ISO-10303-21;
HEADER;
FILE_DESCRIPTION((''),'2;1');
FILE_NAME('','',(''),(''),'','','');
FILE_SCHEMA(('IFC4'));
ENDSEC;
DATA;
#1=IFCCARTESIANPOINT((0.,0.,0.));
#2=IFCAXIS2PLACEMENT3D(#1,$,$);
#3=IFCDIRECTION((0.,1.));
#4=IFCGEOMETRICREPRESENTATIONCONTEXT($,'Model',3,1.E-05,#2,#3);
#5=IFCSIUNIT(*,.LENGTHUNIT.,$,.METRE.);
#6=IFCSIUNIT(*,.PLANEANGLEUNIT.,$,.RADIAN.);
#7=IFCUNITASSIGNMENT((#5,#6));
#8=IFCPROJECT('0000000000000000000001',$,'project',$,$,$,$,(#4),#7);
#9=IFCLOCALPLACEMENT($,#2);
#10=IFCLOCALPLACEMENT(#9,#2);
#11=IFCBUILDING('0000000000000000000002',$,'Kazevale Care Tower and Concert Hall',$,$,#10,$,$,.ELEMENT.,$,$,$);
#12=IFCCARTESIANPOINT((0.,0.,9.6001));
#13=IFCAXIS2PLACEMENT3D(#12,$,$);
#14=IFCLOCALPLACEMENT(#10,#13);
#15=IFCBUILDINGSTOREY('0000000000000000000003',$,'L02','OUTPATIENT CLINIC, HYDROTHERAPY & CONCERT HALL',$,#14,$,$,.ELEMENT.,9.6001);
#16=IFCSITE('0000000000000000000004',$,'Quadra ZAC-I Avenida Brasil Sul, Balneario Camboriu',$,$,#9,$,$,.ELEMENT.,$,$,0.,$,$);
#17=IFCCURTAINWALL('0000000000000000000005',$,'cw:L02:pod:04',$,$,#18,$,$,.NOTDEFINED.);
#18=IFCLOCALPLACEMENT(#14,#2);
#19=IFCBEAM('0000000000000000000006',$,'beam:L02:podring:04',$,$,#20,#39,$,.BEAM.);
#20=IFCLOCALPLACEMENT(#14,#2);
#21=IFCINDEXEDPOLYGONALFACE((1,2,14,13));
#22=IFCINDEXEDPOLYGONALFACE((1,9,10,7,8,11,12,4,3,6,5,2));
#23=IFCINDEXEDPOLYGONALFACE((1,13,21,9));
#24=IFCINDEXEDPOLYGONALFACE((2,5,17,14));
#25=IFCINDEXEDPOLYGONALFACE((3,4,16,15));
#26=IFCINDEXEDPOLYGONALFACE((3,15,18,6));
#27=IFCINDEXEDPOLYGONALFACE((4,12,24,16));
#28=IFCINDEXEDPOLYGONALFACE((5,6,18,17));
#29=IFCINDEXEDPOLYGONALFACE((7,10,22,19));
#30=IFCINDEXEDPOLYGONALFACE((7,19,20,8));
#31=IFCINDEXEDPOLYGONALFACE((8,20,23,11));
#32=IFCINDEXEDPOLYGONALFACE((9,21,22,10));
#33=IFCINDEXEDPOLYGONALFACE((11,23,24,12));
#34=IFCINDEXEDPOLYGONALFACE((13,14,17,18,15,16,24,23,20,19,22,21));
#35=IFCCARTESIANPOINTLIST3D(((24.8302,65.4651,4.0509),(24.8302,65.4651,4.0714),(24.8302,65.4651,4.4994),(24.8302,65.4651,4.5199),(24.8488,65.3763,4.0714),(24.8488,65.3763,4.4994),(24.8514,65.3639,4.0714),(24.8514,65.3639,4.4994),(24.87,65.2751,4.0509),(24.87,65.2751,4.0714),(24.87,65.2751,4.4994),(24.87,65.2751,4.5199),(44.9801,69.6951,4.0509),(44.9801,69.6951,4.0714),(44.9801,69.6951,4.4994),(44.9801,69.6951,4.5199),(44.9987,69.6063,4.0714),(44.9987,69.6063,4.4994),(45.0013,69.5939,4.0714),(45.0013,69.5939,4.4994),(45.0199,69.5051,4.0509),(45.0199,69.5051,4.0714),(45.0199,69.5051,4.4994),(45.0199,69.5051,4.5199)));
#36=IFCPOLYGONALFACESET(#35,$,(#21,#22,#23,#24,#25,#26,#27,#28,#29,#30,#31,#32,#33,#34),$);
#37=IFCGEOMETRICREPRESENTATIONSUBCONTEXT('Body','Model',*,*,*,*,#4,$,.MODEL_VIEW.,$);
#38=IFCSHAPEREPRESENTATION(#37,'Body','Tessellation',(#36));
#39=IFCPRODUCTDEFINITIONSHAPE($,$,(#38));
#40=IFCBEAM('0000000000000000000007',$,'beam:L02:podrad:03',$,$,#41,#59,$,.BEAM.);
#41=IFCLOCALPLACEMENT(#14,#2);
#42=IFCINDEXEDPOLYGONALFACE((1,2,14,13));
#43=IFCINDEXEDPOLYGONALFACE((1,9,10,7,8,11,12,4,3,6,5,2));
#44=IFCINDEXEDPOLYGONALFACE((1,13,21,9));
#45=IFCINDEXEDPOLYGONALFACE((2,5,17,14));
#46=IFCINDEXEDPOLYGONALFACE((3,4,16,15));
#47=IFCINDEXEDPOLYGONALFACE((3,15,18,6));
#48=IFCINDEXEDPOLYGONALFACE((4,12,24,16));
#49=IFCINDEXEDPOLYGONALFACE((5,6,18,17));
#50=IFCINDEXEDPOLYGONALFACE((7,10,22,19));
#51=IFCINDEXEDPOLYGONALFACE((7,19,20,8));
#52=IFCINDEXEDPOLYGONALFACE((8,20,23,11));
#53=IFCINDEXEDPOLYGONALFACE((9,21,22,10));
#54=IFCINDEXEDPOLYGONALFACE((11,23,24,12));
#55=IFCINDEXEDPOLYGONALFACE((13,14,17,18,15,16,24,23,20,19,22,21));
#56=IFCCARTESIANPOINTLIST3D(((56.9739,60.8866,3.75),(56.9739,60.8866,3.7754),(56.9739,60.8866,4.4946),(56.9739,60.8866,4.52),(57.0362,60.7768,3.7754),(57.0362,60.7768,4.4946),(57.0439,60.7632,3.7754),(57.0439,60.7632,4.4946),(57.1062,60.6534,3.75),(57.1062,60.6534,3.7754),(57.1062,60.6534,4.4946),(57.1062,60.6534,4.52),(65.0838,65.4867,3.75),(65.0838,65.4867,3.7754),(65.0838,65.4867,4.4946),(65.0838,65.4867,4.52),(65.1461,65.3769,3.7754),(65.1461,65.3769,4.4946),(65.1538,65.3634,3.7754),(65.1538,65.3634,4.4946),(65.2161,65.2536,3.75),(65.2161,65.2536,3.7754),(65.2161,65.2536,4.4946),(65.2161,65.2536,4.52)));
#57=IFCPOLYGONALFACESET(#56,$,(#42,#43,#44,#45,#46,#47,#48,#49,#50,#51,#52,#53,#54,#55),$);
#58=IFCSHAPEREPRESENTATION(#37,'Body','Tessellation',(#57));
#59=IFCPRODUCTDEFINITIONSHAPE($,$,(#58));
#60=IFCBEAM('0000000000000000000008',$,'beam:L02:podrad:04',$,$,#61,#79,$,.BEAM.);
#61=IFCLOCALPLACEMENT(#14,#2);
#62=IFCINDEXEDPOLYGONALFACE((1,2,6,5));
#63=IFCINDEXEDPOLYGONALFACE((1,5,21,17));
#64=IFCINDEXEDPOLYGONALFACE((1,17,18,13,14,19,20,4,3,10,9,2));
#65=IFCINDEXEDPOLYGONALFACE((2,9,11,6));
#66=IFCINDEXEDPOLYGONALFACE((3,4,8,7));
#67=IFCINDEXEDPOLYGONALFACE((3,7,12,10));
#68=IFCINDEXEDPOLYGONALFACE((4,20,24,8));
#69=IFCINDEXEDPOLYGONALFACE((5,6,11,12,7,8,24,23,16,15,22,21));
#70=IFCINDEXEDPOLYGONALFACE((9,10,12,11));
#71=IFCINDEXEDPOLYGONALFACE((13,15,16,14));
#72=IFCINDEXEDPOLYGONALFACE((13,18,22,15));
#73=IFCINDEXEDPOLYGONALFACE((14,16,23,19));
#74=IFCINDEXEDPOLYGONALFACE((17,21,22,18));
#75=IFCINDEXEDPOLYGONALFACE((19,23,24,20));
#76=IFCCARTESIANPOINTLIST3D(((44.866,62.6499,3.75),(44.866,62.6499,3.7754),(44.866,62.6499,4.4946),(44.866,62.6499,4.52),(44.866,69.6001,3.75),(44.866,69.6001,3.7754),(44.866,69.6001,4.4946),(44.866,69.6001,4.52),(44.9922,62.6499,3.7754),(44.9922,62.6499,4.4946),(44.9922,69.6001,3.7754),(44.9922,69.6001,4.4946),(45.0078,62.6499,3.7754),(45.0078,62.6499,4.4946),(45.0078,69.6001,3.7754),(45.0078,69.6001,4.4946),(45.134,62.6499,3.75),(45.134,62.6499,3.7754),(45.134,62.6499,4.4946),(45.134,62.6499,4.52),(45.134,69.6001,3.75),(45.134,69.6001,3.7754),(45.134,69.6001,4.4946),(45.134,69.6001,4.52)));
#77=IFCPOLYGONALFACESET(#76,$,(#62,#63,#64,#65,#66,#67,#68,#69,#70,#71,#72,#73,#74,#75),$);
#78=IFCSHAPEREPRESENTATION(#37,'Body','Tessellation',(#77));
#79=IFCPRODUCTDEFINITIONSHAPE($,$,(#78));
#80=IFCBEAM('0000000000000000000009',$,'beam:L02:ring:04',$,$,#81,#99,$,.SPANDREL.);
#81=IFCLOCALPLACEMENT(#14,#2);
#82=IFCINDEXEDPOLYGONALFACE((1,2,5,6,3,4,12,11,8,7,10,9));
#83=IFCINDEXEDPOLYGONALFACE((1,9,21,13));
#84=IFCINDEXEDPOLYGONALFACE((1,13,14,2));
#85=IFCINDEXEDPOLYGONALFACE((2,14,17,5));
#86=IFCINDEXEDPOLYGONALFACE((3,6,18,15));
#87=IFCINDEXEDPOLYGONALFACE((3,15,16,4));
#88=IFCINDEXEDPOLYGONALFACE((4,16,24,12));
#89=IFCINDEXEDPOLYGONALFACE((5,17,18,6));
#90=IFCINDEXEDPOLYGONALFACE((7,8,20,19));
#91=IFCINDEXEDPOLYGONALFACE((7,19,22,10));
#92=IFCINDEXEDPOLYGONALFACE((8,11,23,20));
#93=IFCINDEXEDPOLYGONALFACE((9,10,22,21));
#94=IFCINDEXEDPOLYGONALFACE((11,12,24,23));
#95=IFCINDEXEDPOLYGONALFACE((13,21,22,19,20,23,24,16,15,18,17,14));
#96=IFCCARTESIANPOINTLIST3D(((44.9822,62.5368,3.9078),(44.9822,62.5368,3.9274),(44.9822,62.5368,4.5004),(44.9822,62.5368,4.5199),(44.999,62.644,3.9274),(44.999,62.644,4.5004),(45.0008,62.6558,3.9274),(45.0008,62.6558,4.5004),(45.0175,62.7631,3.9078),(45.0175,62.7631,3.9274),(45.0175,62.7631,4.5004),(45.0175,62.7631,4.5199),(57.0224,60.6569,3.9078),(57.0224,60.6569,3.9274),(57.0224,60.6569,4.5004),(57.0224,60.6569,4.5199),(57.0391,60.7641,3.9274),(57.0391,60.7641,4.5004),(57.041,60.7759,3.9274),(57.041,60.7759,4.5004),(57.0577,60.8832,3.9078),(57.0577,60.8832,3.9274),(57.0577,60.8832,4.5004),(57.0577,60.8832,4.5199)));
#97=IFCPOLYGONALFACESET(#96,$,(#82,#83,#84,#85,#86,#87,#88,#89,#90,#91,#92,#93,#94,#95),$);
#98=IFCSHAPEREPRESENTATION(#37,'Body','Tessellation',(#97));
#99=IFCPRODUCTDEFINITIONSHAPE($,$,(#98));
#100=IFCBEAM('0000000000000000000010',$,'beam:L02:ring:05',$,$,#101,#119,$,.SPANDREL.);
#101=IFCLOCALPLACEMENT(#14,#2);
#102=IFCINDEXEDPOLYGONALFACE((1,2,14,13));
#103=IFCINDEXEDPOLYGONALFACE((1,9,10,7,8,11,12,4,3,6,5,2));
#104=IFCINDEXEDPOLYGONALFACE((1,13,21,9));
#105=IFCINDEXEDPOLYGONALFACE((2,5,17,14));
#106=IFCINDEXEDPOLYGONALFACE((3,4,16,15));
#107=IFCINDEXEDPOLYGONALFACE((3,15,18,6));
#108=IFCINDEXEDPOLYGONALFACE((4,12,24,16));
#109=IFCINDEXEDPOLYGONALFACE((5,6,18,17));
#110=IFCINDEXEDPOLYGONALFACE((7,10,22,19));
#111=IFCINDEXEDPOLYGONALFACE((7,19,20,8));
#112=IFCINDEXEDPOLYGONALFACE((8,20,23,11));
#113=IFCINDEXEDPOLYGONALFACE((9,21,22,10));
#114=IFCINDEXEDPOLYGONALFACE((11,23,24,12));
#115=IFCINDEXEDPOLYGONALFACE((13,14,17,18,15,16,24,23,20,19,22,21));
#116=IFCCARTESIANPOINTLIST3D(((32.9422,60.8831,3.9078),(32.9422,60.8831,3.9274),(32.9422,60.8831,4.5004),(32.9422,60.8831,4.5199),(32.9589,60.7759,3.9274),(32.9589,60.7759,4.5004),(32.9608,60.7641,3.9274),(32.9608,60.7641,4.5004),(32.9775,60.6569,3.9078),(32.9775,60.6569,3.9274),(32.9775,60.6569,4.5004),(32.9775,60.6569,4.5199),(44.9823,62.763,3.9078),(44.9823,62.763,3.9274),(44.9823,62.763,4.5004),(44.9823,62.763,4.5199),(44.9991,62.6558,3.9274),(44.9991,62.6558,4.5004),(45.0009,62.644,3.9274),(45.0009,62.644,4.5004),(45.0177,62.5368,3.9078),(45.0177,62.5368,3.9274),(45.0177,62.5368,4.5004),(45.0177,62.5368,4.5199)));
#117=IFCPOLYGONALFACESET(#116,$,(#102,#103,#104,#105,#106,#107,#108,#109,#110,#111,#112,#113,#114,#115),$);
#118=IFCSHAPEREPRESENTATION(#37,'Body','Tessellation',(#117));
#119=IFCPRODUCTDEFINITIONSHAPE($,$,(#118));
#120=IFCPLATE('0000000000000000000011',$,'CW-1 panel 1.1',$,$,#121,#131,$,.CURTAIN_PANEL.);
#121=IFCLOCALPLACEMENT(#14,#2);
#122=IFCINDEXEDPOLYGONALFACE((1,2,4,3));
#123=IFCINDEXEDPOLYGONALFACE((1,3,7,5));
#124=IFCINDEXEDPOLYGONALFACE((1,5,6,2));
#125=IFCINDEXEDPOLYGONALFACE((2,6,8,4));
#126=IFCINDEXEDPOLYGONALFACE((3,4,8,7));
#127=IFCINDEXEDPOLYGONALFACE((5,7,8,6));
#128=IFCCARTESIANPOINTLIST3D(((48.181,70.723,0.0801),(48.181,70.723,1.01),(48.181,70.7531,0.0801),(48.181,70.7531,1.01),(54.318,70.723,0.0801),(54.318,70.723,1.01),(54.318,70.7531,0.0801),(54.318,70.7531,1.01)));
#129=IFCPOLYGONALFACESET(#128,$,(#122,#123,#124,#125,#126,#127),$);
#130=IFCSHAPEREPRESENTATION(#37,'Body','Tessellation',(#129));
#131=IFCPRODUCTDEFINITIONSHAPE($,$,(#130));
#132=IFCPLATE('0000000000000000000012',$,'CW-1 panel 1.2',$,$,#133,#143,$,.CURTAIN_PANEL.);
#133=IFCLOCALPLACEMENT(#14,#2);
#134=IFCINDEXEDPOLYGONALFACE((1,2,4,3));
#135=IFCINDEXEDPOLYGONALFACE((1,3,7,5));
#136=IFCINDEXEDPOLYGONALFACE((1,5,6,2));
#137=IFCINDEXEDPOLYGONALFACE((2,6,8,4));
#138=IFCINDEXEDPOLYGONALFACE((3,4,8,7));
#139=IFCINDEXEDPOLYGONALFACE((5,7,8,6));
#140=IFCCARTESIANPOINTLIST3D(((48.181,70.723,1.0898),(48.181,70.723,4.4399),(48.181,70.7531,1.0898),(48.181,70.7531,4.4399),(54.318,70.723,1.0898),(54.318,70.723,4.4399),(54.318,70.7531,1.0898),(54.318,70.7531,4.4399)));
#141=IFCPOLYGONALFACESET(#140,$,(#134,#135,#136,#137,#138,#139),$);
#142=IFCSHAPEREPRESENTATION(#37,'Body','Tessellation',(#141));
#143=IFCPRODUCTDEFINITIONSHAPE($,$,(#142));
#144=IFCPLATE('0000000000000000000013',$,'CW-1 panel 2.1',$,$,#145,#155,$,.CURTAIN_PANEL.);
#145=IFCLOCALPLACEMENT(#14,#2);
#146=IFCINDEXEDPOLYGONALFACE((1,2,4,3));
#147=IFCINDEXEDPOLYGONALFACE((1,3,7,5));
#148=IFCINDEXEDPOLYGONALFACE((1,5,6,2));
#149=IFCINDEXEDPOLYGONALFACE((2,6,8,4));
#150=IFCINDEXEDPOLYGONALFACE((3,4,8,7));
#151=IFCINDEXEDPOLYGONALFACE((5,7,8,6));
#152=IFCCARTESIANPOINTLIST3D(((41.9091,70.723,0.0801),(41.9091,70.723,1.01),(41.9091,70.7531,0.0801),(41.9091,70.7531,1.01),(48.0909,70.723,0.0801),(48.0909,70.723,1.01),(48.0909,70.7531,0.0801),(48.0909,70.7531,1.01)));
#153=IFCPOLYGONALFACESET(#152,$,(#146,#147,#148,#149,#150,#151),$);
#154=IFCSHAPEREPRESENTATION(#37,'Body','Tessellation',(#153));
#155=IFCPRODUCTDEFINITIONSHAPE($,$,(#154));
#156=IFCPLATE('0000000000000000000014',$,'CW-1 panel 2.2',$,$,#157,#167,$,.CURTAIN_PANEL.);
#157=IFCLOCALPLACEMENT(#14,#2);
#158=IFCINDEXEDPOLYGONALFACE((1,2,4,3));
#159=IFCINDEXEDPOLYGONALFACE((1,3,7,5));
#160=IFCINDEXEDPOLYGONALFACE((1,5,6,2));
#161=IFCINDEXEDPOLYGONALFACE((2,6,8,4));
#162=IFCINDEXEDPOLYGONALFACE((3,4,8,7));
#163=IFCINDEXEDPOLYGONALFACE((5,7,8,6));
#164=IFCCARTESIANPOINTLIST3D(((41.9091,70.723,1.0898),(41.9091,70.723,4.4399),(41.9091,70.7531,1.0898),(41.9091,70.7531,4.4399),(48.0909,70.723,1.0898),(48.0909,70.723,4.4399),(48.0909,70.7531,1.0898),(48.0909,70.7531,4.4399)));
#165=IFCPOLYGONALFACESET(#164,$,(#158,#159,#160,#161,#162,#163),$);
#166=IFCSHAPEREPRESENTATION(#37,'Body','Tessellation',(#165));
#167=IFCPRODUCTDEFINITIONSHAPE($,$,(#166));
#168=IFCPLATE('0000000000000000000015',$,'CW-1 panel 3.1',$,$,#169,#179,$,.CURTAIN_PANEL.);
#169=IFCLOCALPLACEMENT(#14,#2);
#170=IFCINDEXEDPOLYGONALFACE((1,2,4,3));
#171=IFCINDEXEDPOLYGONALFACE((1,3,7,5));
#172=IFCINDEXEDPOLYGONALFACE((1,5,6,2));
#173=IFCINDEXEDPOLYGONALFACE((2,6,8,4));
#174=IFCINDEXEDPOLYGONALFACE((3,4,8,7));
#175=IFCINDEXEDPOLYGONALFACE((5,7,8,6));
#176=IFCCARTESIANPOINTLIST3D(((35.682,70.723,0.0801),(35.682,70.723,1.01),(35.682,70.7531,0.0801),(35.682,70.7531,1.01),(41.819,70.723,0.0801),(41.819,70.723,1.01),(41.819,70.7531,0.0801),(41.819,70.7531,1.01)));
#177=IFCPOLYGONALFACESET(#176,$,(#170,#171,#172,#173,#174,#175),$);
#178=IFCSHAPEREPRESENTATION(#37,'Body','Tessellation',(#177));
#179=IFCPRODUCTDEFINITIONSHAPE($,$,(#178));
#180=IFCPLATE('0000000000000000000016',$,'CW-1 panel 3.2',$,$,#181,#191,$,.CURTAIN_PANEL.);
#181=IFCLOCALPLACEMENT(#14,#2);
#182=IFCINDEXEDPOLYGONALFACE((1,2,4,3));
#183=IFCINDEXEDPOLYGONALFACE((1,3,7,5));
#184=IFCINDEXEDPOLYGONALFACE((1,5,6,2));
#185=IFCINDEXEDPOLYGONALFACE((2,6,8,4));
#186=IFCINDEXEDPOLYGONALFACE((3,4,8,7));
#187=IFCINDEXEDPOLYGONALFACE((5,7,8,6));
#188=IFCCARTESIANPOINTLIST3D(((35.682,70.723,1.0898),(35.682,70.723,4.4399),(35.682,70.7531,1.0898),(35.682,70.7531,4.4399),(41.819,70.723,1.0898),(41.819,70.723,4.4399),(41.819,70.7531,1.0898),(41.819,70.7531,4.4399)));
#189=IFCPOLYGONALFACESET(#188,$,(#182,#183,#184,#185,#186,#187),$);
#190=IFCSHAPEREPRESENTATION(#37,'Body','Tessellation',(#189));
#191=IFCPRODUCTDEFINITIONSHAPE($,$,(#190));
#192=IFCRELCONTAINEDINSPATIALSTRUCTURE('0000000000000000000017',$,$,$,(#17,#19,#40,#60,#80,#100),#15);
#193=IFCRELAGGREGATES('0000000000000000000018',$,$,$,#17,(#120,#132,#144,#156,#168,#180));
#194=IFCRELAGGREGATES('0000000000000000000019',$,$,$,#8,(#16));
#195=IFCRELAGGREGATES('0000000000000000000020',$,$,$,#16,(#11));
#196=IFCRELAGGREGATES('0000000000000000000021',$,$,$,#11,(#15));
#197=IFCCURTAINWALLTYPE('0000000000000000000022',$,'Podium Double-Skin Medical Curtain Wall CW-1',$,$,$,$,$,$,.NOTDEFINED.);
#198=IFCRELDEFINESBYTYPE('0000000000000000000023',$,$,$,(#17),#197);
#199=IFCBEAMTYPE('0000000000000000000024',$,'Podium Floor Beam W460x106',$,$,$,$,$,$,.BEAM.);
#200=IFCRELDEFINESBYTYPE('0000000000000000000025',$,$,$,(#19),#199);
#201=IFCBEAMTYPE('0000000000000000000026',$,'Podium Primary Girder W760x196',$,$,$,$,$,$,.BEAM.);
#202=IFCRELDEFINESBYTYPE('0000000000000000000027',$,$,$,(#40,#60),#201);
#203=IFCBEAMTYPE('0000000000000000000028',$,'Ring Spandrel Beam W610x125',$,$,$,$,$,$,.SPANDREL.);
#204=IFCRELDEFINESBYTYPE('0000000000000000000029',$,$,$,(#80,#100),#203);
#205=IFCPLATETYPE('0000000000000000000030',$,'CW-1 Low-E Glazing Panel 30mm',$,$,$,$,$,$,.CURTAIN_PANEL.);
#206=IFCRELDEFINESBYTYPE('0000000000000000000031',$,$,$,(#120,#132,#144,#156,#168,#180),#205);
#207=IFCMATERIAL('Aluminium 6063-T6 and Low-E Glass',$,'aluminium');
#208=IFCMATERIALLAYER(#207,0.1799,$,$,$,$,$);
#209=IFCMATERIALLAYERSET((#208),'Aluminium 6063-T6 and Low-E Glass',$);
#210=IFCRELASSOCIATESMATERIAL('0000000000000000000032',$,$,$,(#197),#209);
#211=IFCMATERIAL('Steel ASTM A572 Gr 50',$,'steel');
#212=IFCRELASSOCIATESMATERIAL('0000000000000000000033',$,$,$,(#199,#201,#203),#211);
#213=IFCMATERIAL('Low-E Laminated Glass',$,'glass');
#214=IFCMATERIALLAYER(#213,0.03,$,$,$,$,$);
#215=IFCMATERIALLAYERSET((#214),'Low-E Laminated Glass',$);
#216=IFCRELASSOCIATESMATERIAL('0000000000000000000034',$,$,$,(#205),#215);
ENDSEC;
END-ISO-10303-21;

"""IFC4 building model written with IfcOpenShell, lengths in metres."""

from ifc_helpers import new_model, si_unit, direction, frame, origin, origin_2d, place, context, subcontext, project, spatial, rectangle, i_section, extrude, material, layer, layer_set, material_profile, profile_set, type_object, element, aggregate, save


model = new_model("IFC4")

# Units and contexts
model_context = context("Model", 3, precision=1e-05, world=origin(), true_north=direction((0.0, 1.0)))
body_context = subcontext(model_context, "Body", "Model", "MODEL_VIEW")
ifc_project = project(units=[si_unit("LENGTHUNIT", "METRE"), si_unit("PLANEANGLEUNIT", "RADIAN")], contexts=[model_context])

# Site, building, storey
site_placement = place(None, origin())
site = spatial("IfcSite", under=ifc_project, at=site_placement, Name="Quadra ZAC-I Avenida Brasil Sul, Balneario Camboriu", CompositionType="ELEMENT", RefElevation=0.0)
building_placement = place(site_placement, origin())
building = spatial("IfcBuilding", under=site, at=building_placement, Name="Kazevale Care Tower and Concert Hall", CompositionType="ELEMENT")
storey_placement = place(building_placement, frame((0.0, 0.0, 9.6001)))
storey = spatial("IfcBuildingStorey", under=building, at=storey_placement, Name="L02", Description="OUTPATIENT CLINIC, HYDROTHERAPY & CONCERT HALL", CompositionType="ELEMENT", Elevation=9.6001)

# Curtain wall
ifc_material_1 = material(Name="Aluminium 6063-T6 and Low-E Glass", Category="aluminium")
ifc_layer_1 = layer(ifc_material_1, 0.1799)
ifc_layer_set_1 = layer_set([ifc_layer_1], Name="Aluminium 6063-T6 and Low-E Glass")
curtain_wall_type = type_object("IfcCurtainWallType", Name="Podium Double-Skin Medical Curtain Wall CW-1", PredefinedType="NOTDEFINED", material=ifc_layer_set_1)
curtain_wall_placement = place(storey_placement, origin())
curtain_wall = element("IfcCurtainWall", 1, at=curtain_wall_placement, inside=storey, type_object=curtain_wall_type, Name="cw:L02:pod:04", PredefinedType="NOTDEFINED")

# Beams
ifc_material_2 = material(Name="Steel ASTM A572 Gr 50", Category="steel")
ifc_material_profile_1 = material_profile(ifc_material_2, i_section(OverallWidth=0.1941, OverallDepth=0.469, WebThickness=0.0127, FlangeThickness=0.0205, at=origin_2d()), Name="W460x106")
ifc_profile_set_1 = profile_set([ifc_material_profile_1], Name="Steel ASTM A572 Gr 50")
beam_type_1 = type_object("IfcBeamType", Name="Podium Floor Beam W460x106", PredefinedType="BEAM", material=ifc_profile_set_1)
beam_1_placement = place(storey_placement, frame((45.0, 69.6001, 4.2854), z_axis=(-0.978668, -0.205448, 0.0), x_axis=(0.205448, -0.978668, 0.0)))
element("IfcBeam", 2, at=beam_1_placement, inside=storey, type_object=beam_type_1, Name="beam:L02:podring:04", PredefinedType="BEAM", context=body_context, shape_type="SweptSolid", body=[
    extrude(i_section(OverallWidth=0.1941, OverallDepth=0.469, WebThickness=0.0127, FlangeThickness=0.0205, at=origin_2d()), origin(), (0.0, 0.0, 1.0), 20.5891),
])
ifc_material_profile_2 = material_profile(ifc_material_2, i_section(OverallWidth=0.2681, OverallDepth=0.77, WebThickness=0.0156, FlangeThickness=0.0254, at=origin_2d()), Name="W760x196")
ifc_profile_set_2 = profile_set([ifc_material_profile_2], Name="Steel ASTM A572 Gr 50")
beam_type_2 = type_object("IfcBeamType", Name="Podium Primary Girder W760x196", PredefinedType="BEAM", material=ifc_profile_set_2)
beam_2_placement = place(storey_placement, frame((57.04, 60.77, 4.135), z_axis=(0.869815, 0.493379, 0.0), x_axis=(-0.493379, 0.869815, 0.0)))
element("IfcBeam", 3, at=beam_2_placement, inside=storey, type_object=beam_type_2, Name="beam:L02:podrad:03", PredefinedType="BEAM", context=body_context, shape_type="SweptSolid", body=[
    extrude(i_section(OverallWidth=0.2681, OverallDepth=0.77, WebThickness=0.0156, FlangeThickness=0.0254, at=origin_2d()), origin(), (0.0, 0.0, 1.0), 9.3237),
])
beam_3_placement = place(storey_placement, frame((45.0, 62.6499, 4.135), z_axis=(0.0, 1.0, 0.0), x_axis=(-1.0, 0.0, 0.0)))
element("IfcBeam", 4, at=beam_3_placement, inside=storey, type_object=beam_type_2, Name="beam:L02:podrad:04", PredefinedType="BEAM", context=body_context, shape_type="SweptSolid", body=[
    extrude(i_section(OverallWidth=0.2681, OverallDepth=0.77, WebThickness=0.0156, FlangeThickness=0.0254, at=origin_2d()), origin(), (0.0, 0.0, 1.0), 6.9502),
])
ifc_material_profile_3 = material_profile(ifc_material_2, i_section(OverallWidth=0.229, OverallDepth=0.6121, WebThickness=0.012, FlangeThickness=0.0195, at=origin_2d()), Name="W610x125")
ifc_profile_set_3 = profile_set([ifc_material_profile_3], Name="Steel ASTM A572 Gr 50")
beam_type_3 = type_object("IfcBeamType", Name="Ring Spandrel Beam W610x125", PredefinedType="SPANDREL", material=ifc_profile_set_3)
for number, where, z_axis, x_axis, name in (
    (5, (57.04, 60.77, 4.2139), (-0.988029, 0.154267, 0.0), (-0.154267, -0.988029, 0.0), "beam:L02:ring:04"),
    (6, (45.0, 62.6499, 4.2139), (-0.988029, -0.154267, 0.0), (0.154267, -0.988029, 0.0), "beam:L02:ring:05"),
):
    element("IfcBeam", number, at=place(storey_placement, frame(where, z_axis=z_axis, x_axis=x_axis)), inside=storey, type_object=beam_type_3, Name=name, PredefinedType="SPANDREL", context=body_context, shape_type="SweptSolid", body=[
        extrude(i_section(OverallWidth=0.229, OverallDepth=0.6121, WebThickness=0.012, FlangeThickness=0.0195, at=origin_2d()), origin(), (0.0, 0.0, 1.0), 12.186),
    ])

# Plates
ifc_material_3 = material(Name="Low-E Laminated Glass", Category="glass")
ifc_layer_2 = layer(ifc_material_3, 0.03)
ifc_layer_set_2 = layer_set([ifc_layer_2], Name="Low-E Laminated Glass")
plate_type = type_object("IfcPlateType", Name="CW-1 Low-E Glazing Panel 30mm", PredefinedType="CURTAIN_PANEL", material=ifc_layer_set_2)
plate_1_placement = place(storey_placement, frame((51.2495, 70.738, 0.0801), z_axis=(0.0, 0.0, 1.0), x_axis=(-1.0, 0.0, 0.0)))
plate_1 = element("IfcPlate", 7, at=plate_1_placement, type_object=plate_type, Name="CW-1 panel 1.1", PredefinedType="CURTAIN_PANEL", context=body_context, shape_type="SweptSolid", body=[
    extrude(rectangle(XDim=6.137, YDim=0.03, at=origin_2d()), origin(), (0.0, 0.0, 1.0), 0.9299),
])
plate_2_placement = place(storey_placement, frame((51.2495, 70.738, 1.0898), z_axis=(0.0, 0.0, 1.0), x_axis=(-1.0, 0.0, 0.0)))
plate_2 = element("IfcPlate", 8, at=plate_2_placement, type_object=plate_type, Name="CW-1 panel 1.2", PredefinedType="CURTAIN_PANEL", context=body_context, shape_type="SweptSolid", body=[
    extrude(rectangle(XDim=6.137, YDim=0.03, at=origin_2d()), origin(), (0.0, 0.0, 1.0), 3.3501),
])
plate_3_placement = place(storey_placement, frame((45.0, 70.738, 0.0801), z_axis=(0.0, 0.0, 1.0), x_axis=(-1.0, 0.0, 0.0)))
plate_3 = element("IfcPlate", 9, at=plate_3_placement, type_object=plate_type, Name="CW-1 panel 2.1", PredefinedType="CURTAIN_PANEL", context=body_context, shape_type="SweptSolid", body=[
    extrude(rectangle(XDim=6.1819, YDim=0.03, at=origin_2d()), origin(), (0.0, 0.0, 1.0), 0.9299),
])
plate_4_placement = place(storey_placement, frame((45.0, 70.738, 1.0898), z_axis=(0.0, 0.0, 1.0), x_axis=(-1.0, 0.0, 0.0)))
plate_4 = element("IfcPlate", 10, at=plate_4_placement, type_object=plate_type, Name="CW-1 panel 2.2", PredefinedType="CURTAIN_PANEL", context=body_context, shape_type="SweptSolid", body=[
    extrude(rectangle(XDim=6.1819, YDim=0.03, at=origin_2d()), origin(), (0.0, 0.0, 1.0), 3.3501),
])
plate_5_placement = place(storey_placement, frame((38.7505, 70.738, 0.0801), z_axis=(0.0, 0.0, 1.0), x_axis=(-1.0, 0.0, 0.0)))
plate_5 = element("IfcPlate", 11, at=plate_5_placement, type_object=plate_type, Name="CW-1 panel 3.1", PredefinedType="CURTAIN_PANEL", context=body_context, shape_type="SweptSolid", body=[
    extrude(rectangle(XDim=6.137, YDim=0.03, at=origin_2d()), origin(), (0.0, 0.0, 1.0), 0.9299),
])
plate_6_placement = place(storey_placement, frame((38.7505, 70.738, 1.0898), z_axis=(0.0, 0.0, 1.0), x_axis=(-1.0, 0.0, 0.0)))
plate_6 = element("IfcPlate", 12, at=plate_6_placement, type_object=plate_type, Name="CW-1 panel 3.2", PredefinedType="CURTAIN_PANEL", context=body_context, shape_type="SweptSolid", body=[
    extrude(rectangle(XDim=6.137, YDim=0.03, at=origin_2d()), origin(), (0.0, 0.0, 1.0), 3.3501),
])
aggregate(curtain_wall, [plate_1, plate_2, plate_3, plate_4, plate_5, plate_6])

save(model, "model.ifc")
